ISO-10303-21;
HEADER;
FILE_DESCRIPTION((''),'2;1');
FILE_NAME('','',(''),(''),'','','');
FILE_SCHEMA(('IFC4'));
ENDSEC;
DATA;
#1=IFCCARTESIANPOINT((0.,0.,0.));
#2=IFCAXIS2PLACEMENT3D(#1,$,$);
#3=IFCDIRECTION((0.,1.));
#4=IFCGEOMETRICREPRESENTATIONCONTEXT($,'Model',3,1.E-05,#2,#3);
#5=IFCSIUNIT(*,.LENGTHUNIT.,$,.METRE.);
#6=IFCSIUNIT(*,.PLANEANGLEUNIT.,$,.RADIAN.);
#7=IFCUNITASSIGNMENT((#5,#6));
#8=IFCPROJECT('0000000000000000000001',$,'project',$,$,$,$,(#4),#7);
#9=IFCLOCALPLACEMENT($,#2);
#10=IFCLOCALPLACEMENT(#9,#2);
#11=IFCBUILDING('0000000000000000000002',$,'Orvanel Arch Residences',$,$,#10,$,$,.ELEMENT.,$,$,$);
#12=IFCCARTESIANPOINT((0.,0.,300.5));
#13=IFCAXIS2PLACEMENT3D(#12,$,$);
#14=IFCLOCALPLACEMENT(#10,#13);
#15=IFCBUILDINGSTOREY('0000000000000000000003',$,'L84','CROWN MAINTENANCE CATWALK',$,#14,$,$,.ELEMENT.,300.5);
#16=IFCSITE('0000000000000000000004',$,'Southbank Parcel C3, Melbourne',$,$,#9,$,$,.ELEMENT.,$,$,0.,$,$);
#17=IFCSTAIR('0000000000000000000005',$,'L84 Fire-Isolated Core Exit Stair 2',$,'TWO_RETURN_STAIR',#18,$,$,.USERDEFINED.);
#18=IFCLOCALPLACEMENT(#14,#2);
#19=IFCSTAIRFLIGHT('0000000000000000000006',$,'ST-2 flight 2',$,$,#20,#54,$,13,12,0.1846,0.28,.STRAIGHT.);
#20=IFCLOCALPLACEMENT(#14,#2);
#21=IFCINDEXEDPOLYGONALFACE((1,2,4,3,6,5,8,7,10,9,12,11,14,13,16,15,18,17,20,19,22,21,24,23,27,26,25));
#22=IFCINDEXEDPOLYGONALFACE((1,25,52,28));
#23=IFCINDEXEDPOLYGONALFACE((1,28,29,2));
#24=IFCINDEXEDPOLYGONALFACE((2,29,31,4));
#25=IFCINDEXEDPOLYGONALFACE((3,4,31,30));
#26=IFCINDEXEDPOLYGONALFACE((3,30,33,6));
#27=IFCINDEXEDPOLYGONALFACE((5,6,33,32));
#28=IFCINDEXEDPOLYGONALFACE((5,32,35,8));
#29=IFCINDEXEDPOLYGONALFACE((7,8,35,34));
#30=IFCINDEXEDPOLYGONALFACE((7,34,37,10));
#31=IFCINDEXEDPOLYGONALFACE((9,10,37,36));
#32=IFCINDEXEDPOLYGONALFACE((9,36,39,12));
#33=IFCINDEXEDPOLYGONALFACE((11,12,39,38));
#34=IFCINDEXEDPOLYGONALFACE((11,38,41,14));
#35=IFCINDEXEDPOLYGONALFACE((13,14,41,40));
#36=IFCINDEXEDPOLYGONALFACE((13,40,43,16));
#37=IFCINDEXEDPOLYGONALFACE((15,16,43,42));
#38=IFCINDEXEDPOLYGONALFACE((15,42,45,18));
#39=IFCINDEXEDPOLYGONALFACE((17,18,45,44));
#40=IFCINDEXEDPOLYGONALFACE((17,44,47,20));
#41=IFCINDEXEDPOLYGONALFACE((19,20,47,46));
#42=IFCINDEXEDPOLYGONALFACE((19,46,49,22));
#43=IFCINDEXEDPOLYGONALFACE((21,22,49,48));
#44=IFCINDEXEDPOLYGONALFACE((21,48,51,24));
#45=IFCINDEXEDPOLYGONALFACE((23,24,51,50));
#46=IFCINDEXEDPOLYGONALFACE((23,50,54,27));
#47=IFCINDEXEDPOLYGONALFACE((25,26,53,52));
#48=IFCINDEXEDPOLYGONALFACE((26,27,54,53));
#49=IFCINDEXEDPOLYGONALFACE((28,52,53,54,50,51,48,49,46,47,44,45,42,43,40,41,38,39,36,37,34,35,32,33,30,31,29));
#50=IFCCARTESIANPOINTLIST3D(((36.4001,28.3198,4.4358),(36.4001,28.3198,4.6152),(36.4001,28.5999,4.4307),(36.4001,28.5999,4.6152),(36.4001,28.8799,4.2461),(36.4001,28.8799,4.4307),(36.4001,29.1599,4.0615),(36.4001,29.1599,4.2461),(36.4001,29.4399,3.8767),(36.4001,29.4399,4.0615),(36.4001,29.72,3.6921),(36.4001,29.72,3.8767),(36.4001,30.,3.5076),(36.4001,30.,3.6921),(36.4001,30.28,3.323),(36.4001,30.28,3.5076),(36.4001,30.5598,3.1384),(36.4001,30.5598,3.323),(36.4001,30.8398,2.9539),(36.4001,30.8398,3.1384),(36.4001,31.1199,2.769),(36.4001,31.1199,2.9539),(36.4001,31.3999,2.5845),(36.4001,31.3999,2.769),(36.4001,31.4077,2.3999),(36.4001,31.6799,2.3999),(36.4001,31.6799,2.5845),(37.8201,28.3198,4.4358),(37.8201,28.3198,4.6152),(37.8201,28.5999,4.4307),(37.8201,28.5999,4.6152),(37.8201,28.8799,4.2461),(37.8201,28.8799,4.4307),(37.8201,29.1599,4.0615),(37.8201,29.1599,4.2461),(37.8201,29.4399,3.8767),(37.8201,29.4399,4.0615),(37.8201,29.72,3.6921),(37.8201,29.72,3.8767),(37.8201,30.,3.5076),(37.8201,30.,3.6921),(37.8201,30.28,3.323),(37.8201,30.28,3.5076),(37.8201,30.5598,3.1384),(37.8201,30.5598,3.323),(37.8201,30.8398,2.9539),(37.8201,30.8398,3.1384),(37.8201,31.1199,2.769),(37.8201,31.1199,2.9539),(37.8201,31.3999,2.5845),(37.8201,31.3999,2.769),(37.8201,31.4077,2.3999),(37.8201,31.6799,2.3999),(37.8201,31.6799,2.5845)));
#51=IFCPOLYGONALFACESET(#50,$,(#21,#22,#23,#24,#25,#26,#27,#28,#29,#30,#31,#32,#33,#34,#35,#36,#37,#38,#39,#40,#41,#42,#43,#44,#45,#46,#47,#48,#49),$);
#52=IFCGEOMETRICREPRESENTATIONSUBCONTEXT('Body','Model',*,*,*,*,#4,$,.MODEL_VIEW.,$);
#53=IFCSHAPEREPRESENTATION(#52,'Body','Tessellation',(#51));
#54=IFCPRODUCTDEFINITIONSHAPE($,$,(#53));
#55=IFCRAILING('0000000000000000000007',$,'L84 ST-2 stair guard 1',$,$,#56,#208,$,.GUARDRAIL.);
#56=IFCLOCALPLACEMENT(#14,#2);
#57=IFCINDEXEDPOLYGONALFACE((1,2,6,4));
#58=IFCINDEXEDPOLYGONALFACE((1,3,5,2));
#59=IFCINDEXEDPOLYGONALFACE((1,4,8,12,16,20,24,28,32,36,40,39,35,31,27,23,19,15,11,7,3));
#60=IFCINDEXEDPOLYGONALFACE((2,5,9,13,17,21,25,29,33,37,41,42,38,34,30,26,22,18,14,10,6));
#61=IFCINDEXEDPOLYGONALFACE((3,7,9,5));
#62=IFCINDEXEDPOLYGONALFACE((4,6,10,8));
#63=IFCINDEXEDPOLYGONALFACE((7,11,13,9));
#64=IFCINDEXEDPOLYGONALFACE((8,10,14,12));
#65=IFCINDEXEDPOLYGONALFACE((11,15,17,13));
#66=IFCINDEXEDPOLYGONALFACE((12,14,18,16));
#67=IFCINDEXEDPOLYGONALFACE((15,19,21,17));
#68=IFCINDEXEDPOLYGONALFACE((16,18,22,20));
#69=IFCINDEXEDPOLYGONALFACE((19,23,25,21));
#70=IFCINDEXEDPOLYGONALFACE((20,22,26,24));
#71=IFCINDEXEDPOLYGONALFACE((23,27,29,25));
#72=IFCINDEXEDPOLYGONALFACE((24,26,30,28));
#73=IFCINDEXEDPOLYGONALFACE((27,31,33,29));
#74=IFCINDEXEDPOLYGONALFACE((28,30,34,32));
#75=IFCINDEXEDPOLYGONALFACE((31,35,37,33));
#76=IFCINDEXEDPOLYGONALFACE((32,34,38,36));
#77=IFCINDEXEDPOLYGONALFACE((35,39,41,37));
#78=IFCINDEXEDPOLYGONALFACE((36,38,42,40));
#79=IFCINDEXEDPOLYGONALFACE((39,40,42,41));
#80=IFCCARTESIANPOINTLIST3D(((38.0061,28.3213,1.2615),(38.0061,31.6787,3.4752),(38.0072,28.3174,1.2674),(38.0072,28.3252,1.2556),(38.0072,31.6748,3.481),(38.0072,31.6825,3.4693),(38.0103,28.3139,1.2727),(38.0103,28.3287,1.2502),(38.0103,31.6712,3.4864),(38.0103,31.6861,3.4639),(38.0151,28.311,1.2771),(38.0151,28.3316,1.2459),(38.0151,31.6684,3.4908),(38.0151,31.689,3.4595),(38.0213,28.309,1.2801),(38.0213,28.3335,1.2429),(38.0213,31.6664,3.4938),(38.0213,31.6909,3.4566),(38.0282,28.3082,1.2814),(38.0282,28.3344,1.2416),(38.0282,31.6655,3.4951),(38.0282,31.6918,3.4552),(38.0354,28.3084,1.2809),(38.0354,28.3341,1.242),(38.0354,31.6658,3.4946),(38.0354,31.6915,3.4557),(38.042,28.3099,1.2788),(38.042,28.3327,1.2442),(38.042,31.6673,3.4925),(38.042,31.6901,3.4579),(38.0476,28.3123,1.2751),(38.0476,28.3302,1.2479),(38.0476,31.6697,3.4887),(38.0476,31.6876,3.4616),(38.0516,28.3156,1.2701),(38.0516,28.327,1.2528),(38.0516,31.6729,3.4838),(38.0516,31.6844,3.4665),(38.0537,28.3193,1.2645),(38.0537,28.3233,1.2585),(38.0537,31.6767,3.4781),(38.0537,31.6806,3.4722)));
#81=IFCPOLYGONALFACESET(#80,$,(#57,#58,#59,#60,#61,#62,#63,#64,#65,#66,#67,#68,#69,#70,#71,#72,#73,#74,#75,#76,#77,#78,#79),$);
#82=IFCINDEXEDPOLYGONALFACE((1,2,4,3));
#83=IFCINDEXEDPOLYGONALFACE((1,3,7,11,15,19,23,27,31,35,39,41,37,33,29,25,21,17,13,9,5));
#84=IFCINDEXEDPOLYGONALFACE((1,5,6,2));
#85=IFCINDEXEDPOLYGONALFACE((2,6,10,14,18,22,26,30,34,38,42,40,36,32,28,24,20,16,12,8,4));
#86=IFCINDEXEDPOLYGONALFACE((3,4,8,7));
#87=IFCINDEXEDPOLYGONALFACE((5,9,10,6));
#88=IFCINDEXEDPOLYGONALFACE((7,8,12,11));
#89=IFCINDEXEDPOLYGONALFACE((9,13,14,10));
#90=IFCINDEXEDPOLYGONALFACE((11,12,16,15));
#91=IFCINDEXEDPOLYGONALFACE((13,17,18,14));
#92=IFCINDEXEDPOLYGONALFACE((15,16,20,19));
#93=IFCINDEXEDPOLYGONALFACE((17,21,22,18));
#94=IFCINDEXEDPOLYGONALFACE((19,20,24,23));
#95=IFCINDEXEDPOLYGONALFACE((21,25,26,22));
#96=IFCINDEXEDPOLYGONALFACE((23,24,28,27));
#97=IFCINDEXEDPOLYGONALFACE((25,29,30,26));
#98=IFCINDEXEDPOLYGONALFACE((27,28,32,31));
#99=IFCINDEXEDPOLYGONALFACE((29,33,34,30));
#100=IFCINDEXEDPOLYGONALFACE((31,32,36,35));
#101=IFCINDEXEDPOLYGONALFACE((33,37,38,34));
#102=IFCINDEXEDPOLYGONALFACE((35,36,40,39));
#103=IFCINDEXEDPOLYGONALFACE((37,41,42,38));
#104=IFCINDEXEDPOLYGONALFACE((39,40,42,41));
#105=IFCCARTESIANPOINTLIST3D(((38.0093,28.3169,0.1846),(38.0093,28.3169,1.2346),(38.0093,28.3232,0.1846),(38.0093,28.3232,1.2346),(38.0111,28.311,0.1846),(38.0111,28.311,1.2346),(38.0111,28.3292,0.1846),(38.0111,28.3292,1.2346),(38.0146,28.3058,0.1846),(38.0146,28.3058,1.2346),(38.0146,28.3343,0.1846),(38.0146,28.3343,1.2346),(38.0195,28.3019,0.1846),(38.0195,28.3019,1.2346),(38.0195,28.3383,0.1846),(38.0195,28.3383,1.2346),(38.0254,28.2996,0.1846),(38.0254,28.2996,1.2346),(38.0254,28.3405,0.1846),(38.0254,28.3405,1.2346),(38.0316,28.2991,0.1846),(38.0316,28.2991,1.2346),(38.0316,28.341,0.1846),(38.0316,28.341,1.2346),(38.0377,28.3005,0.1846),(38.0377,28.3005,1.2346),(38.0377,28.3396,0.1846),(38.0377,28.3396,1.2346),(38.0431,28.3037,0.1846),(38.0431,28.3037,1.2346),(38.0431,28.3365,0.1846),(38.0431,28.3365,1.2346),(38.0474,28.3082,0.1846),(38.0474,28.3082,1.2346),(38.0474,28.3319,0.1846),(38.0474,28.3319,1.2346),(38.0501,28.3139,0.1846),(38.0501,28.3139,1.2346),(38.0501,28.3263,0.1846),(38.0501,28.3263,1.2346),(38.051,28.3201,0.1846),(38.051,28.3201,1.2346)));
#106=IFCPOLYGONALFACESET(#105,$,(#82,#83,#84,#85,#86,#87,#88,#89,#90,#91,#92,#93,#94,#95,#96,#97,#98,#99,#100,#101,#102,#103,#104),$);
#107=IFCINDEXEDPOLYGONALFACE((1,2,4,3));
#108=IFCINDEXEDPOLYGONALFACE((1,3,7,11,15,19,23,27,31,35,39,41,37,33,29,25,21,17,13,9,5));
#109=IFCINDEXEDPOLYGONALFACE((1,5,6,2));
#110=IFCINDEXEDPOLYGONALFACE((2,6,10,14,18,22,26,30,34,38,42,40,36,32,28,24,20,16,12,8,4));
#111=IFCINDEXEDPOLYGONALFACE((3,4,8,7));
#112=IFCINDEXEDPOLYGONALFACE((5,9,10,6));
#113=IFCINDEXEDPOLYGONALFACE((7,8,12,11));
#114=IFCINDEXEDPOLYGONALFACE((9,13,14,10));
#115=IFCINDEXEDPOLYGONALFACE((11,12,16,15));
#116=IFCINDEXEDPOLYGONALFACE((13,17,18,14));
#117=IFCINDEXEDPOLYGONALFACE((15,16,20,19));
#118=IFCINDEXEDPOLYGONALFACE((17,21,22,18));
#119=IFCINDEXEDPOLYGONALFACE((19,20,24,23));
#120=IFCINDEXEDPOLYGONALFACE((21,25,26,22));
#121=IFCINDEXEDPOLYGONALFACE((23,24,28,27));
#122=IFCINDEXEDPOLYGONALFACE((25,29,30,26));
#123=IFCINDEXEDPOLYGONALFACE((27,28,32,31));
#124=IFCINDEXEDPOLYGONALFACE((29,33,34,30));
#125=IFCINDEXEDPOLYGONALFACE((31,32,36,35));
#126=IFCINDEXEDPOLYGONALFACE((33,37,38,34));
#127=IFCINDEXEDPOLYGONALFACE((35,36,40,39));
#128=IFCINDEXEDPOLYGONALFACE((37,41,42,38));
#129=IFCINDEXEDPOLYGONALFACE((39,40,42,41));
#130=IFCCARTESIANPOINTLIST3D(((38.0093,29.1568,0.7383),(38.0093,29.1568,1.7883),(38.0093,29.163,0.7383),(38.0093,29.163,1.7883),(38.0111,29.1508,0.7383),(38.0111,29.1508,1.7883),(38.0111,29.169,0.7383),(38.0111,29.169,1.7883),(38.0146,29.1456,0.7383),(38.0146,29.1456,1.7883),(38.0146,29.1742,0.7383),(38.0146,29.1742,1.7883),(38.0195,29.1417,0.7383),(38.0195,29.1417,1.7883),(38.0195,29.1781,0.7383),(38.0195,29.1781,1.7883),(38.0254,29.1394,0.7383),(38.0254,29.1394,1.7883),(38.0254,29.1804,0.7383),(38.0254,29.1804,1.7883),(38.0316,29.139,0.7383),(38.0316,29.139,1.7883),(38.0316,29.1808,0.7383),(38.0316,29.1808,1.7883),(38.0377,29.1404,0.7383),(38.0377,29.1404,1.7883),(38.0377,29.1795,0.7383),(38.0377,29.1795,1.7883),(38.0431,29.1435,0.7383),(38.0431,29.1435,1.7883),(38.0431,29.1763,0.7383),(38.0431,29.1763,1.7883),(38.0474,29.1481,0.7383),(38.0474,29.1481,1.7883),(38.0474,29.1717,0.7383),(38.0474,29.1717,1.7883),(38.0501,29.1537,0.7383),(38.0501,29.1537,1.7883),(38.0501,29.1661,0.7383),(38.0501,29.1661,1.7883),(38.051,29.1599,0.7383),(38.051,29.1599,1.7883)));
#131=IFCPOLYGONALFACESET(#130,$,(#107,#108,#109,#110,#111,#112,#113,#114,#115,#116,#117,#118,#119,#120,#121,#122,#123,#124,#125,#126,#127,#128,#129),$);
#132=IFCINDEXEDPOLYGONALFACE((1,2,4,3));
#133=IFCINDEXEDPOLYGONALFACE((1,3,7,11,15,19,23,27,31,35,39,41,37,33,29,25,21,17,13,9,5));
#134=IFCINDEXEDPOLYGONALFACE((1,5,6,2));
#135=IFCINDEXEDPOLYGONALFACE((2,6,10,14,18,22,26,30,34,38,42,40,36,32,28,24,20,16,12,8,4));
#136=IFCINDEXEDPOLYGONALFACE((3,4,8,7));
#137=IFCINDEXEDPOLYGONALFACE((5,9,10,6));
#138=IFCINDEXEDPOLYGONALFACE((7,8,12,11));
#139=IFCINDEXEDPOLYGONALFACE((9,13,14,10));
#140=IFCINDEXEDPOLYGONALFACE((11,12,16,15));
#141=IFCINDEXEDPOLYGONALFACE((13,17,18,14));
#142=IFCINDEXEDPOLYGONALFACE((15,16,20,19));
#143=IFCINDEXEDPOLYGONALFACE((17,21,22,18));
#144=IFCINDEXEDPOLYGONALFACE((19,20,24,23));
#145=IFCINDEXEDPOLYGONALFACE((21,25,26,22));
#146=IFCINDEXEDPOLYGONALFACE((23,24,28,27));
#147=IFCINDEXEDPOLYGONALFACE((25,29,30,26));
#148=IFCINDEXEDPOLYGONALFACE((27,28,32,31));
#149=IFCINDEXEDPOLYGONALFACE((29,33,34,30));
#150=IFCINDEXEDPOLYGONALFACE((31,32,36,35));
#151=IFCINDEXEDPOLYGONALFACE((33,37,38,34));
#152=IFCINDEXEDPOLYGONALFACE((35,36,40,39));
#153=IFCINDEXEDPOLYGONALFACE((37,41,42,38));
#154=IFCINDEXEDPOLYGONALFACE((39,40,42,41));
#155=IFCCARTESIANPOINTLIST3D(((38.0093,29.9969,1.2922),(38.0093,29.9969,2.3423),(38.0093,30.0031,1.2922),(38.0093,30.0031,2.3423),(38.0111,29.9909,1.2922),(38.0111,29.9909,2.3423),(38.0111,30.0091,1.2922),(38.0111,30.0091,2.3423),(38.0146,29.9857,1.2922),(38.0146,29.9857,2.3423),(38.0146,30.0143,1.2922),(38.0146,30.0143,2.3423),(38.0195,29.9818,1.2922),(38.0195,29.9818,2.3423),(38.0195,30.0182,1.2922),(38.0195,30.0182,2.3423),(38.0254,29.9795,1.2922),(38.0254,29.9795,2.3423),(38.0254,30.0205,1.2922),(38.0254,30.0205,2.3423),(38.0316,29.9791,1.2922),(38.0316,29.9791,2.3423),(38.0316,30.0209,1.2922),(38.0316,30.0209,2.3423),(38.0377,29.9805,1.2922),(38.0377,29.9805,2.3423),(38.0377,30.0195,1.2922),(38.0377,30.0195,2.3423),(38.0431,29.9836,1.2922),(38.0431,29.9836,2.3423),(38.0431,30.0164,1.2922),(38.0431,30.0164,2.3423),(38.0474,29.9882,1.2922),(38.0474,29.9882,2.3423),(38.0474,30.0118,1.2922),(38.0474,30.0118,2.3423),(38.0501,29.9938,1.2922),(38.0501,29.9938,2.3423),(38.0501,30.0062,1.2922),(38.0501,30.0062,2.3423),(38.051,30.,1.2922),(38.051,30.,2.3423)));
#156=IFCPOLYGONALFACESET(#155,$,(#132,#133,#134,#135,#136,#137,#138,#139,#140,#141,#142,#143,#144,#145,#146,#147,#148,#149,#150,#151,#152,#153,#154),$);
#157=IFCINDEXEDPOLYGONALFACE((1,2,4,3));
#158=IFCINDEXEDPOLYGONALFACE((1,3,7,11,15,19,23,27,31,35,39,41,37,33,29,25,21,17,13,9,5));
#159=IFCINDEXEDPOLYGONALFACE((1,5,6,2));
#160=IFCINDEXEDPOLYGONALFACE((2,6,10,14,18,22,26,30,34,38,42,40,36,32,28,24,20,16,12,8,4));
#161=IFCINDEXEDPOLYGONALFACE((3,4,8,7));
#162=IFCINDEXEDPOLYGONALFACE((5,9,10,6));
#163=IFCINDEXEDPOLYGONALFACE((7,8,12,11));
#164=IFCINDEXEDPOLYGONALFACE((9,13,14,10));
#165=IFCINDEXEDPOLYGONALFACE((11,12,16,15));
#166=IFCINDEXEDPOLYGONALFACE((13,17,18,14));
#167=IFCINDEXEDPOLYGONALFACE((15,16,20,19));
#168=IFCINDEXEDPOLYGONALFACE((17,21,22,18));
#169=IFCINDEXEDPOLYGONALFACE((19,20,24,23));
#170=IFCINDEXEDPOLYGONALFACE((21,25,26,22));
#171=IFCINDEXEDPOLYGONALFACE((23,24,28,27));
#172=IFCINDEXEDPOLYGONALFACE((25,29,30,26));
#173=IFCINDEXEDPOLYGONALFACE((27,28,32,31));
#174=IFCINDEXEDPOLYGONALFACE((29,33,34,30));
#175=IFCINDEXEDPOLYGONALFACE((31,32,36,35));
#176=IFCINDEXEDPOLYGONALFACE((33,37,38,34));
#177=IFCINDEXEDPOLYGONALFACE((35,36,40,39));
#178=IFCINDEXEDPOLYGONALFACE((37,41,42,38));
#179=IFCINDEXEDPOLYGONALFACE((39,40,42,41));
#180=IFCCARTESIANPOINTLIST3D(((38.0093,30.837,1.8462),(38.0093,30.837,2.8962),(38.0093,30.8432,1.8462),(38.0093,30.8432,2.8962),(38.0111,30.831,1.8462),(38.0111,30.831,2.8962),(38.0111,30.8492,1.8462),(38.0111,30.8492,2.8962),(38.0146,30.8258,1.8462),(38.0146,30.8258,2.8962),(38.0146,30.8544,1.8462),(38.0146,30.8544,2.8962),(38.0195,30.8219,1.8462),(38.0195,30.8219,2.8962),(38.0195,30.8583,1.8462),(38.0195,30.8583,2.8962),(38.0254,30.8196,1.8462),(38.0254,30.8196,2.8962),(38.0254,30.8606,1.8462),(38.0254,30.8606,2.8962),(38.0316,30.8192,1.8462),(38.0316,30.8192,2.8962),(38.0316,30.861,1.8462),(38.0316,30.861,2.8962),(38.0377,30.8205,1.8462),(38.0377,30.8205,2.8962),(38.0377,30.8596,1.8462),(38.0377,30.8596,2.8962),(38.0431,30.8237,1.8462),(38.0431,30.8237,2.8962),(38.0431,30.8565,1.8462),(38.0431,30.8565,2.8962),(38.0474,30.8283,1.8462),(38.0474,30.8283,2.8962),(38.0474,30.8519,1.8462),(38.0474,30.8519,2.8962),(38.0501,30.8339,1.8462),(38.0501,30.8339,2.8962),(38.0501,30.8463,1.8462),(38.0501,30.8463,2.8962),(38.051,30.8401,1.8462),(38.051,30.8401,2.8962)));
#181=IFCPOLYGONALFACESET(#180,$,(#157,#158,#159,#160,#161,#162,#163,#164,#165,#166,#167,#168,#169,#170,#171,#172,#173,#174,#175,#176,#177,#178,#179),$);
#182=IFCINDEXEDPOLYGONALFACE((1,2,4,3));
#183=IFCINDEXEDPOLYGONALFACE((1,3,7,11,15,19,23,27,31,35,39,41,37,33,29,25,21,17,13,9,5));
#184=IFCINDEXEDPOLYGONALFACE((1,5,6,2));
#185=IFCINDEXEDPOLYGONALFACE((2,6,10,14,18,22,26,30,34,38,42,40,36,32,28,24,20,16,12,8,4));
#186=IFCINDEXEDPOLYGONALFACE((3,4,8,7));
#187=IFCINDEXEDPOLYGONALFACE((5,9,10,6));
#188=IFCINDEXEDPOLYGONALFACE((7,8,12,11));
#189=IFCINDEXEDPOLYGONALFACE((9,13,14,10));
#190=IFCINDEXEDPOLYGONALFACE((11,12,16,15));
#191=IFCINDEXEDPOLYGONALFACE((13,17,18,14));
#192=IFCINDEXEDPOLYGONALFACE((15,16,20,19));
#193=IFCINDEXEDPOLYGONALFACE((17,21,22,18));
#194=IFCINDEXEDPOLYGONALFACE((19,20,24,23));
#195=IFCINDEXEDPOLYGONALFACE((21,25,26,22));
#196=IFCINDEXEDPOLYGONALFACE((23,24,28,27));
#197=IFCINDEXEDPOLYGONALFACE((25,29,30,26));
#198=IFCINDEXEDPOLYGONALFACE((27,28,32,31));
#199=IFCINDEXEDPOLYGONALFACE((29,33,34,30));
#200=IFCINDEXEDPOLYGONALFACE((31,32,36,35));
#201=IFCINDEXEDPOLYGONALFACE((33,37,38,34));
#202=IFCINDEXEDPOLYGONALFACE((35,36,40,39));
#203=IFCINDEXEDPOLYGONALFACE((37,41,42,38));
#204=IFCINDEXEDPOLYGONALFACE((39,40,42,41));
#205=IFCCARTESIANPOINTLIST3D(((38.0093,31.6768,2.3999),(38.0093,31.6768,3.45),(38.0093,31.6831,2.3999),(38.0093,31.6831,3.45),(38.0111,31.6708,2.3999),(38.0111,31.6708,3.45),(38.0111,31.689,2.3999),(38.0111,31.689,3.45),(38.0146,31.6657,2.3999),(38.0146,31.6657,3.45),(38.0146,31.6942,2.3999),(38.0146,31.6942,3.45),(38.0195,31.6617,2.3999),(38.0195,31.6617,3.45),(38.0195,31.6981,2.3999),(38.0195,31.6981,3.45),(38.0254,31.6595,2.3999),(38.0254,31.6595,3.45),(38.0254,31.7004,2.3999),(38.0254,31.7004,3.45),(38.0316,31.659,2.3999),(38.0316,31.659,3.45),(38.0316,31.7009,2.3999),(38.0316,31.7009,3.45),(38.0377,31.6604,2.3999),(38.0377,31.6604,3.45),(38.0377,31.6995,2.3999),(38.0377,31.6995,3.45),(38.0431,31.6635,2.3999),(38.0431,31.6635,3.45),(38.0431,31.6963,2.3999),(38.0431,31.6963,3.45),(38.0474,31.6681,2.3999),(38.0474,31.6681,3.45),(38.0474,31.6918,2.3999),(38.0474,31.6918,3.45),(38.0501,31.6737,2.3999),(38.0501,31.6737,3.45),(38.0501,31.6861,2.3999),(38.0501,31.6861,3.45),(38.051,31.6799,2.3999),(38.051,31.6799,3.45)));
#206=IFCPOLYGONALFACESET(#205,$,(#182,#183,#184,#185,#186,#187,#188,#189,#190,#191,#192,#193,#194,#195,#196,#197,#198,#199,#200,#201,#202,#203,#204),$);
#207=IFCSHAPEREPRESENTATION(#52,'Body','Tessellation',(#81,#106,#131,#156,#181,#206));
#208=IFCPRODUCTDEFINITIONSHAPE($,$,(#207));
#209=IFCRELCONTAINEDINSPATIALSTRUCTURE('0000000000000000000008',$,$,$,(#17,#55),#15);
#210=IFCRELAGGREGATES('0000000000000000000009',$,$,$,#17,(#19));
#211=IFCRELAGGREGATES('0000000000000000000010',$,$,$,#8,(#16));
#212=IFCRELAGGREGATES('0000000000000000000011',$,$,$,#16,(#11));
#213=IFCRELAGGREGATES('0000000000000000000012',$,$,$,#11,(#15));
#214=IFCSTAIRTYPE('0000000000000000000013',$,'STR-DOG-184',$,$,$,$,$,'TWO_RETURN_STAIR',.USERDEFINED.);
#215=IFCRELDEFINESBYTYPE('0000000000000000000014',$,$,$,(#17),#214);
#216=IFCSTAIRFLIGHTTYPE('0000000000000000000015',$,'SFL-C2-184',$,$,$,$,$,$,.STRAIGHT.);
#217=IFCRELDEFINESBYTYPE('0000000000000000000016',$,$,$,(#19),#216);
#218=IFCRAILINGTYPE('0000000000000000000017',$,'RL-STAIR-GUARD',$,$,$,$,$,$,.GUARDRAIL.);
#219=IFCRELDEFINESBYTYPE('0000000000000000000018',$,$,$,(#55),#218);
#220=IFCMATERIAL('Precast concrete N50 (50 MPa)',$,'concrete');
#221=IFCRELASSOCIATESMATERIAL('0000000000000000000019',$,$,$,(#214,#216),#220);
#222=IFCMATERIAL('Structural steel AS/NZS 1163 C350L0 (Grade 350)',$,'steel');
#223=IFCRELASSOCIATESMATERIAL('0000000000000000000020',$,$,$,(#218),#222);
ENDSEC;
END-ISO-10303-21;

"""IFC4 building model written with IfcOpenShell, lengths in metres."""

from ifc_helpers import new_model, si_unit, direction, frame, origin, origin_2d, place, context, subcontext, project, spatial, polyline, circle, outline, extrude, material, type_object, element, aggregate, save


model = new_model("IFC4")

# Units and contexts
model_context = context("Model", 3, precision=1e-05, world=origin(), true_north=direction((0.0, 1.0)))
body_context = subcontext(model_context, "Body", "Model", "MODEL_VIEW")
ifc_project = project(units=[si_unit("LENGTHUNIT", "METRE"), si_unit("PLANEANGLEUNIT", "RADIAN")], contexts=[model_context])

# Site, building, storey
site_placement = place(None, origin())
site = spatial("IfcSite", under=ifc_project, at=site_placement, Name="Southbank Parcel C3, Melbourne", CompositionType="ELEMENT", RefElevation=0.0)
building_placement = place(site_placement, origin())
building = spatial("IfcBuilding", under=site, at=building_placement, Name="Orvanel Arch Residences", CompositionType="ELEMENT")
storey_placement = place(building_placement, frame((0.0, 0.0, 300.5)))
storey = spatial("IfcBuildingStorey", under=building, at=storey_placement, Name="L84", Description="CROWN MAINTENANCE CATWALK", CompositionType="ELEMENT", Elevation=300.5)

# Shared definitions
ifc_material_1 = material(Name="Structural steel AS/NZS 1163 C350L0 (Grade 350)", Category="steel")

# Stair, stair flight
ifc_material_2 = material(Name="Precast concrete N50 (50 MPa)", Category="concrete")
stair_type = type_object("IfcStairType", Name="STR-DOG-184", ElementType="TWO_RETURN_STAIR", PredefinedType="USERDEFINED", material=ifc_material_2)
stair_placement = place(storey_placement, origin())
stair = element("IfcStair", 1, at=stair_placement, inside=storey, type_object=stair_type, Name="L84 Fire-Isolated Core Exit Stair 2", ObjectType="TWO_RETURN_STAIR", PredefinedType="USERDEFINED")
stair_flight_type = type_object("IfcStairFlightType", Name="SFL-C2-184", PredefinedType="STRAIGHT", material=ifc_material_2)
stair_flight_1_placement = place(storey_placement, frame((37.1101, 31.6799, 2.3999), z_axis=(0.0, 0.0, 1.0), x_axis=(0.0, -1.0, 0.0)))
stair_flight_1 = element("IfcStairFlight", 2, at=stair_flight_1_placement, type_object=stair_flight_type, Name="ST-2 flight 2", NumberOfRisers=13, NumberOfTreads=12, PredefinedType="STRAIGHT", RiserHeight=0.1846, TreadLength=0.28, context=body_context, shape_type="SweptSolid", body=[
    extrude(outline(polyline([(0.0, 0.0), (0.0, 0.1846), (0.28, 0.1846), (0.28, 0.3691), (0.5601, 0.3691), (0.5601, 0.554), (0.8401, 0.554), (0.8401, 0.7385), (1.1201, 0.7385), (1.1201, 0.9231), (1.3999, 0.9231), (1.3999, 1.1077), (1.6799, 1.1077), (1.6799, 1.2922), (1.96, 1.2922), (1.96, 1.4768), (2.24, 1.4768), (2.24, 1.6616), (2.52, 1.6616), (2.52, 1.8462), (2.8, 1.8462), (2.8, 2.0308), (3.0801, 2.0308), (3.0801, 2.2153), (3.3601, 2.2153), (3.3601, 2.3999), (3.3601, 2.0359), (0.2722, 0.0), (0.0, 0.0)])), frame((0.0, 0.71, 0.0), z_axis=(0.0, -1.0, 0.0), x_axis=(1.0, 0.0, 0.0)), (0.0, 0.0, 1.0), 1.4199),
])
aggregate(stair, [stair_flight_1])

# Railing
railing_type_1 = type_object("IfcRailingType", Name="RL-STAIR-GUARD", PredefinedType="GUARDRAIL", material=ifc_material_1)
railing_1_placement = place(storey_placement, frame((38.03, 28.3201, 0.1846)))
element("IfcRailing", 3, at=railing_1_placement, inside=storey, type_object=railing_type_1, Name="L84 ST-2 stair guard 1", PredefinedType="GUARDRAIL", context=body_context, shape_type="SweptSolid", body=[
    extrude(circle(Radius=0.0239, at=origin_2d()), frame((0.0, 0.0012, 1.0769), z_axis=(0.0, 0.834858, 0.550465), x_axis=(-1.0, 0.0, 0.0)), (0.0, 0.0, 1.0), 4.0215),
    extrude(circle(Radius=0.021, at=origin_2d()), origin(), (0.0, 0.0, 1.0), 1.05),
    extrude(circle(Radius=0.021, at=origin_2d()), frame((0.0, 0.8398, 0.5537)), (0.0, 0.0, 1.0), 1.05),
    extrude(circle(Radius=0.021, at=origin_2d()), frame((0.0, 1.6799, 1.1077)), (0.0, 0.0, 1.0), 1.05),
    extrude(circle(Radius=0.021, at=origin_2d()), frame((0.0, 2.52, 1.6616)), (0.0, 0.0, 1.0), 1.05),
    extrude(circle(Radius=0.021, at=origin_2d()), frame((0.0, 3.3599, 2.2153)), (0.0, 0.0, 1.0), 1.05),
])

save(model, "model.ifc")
